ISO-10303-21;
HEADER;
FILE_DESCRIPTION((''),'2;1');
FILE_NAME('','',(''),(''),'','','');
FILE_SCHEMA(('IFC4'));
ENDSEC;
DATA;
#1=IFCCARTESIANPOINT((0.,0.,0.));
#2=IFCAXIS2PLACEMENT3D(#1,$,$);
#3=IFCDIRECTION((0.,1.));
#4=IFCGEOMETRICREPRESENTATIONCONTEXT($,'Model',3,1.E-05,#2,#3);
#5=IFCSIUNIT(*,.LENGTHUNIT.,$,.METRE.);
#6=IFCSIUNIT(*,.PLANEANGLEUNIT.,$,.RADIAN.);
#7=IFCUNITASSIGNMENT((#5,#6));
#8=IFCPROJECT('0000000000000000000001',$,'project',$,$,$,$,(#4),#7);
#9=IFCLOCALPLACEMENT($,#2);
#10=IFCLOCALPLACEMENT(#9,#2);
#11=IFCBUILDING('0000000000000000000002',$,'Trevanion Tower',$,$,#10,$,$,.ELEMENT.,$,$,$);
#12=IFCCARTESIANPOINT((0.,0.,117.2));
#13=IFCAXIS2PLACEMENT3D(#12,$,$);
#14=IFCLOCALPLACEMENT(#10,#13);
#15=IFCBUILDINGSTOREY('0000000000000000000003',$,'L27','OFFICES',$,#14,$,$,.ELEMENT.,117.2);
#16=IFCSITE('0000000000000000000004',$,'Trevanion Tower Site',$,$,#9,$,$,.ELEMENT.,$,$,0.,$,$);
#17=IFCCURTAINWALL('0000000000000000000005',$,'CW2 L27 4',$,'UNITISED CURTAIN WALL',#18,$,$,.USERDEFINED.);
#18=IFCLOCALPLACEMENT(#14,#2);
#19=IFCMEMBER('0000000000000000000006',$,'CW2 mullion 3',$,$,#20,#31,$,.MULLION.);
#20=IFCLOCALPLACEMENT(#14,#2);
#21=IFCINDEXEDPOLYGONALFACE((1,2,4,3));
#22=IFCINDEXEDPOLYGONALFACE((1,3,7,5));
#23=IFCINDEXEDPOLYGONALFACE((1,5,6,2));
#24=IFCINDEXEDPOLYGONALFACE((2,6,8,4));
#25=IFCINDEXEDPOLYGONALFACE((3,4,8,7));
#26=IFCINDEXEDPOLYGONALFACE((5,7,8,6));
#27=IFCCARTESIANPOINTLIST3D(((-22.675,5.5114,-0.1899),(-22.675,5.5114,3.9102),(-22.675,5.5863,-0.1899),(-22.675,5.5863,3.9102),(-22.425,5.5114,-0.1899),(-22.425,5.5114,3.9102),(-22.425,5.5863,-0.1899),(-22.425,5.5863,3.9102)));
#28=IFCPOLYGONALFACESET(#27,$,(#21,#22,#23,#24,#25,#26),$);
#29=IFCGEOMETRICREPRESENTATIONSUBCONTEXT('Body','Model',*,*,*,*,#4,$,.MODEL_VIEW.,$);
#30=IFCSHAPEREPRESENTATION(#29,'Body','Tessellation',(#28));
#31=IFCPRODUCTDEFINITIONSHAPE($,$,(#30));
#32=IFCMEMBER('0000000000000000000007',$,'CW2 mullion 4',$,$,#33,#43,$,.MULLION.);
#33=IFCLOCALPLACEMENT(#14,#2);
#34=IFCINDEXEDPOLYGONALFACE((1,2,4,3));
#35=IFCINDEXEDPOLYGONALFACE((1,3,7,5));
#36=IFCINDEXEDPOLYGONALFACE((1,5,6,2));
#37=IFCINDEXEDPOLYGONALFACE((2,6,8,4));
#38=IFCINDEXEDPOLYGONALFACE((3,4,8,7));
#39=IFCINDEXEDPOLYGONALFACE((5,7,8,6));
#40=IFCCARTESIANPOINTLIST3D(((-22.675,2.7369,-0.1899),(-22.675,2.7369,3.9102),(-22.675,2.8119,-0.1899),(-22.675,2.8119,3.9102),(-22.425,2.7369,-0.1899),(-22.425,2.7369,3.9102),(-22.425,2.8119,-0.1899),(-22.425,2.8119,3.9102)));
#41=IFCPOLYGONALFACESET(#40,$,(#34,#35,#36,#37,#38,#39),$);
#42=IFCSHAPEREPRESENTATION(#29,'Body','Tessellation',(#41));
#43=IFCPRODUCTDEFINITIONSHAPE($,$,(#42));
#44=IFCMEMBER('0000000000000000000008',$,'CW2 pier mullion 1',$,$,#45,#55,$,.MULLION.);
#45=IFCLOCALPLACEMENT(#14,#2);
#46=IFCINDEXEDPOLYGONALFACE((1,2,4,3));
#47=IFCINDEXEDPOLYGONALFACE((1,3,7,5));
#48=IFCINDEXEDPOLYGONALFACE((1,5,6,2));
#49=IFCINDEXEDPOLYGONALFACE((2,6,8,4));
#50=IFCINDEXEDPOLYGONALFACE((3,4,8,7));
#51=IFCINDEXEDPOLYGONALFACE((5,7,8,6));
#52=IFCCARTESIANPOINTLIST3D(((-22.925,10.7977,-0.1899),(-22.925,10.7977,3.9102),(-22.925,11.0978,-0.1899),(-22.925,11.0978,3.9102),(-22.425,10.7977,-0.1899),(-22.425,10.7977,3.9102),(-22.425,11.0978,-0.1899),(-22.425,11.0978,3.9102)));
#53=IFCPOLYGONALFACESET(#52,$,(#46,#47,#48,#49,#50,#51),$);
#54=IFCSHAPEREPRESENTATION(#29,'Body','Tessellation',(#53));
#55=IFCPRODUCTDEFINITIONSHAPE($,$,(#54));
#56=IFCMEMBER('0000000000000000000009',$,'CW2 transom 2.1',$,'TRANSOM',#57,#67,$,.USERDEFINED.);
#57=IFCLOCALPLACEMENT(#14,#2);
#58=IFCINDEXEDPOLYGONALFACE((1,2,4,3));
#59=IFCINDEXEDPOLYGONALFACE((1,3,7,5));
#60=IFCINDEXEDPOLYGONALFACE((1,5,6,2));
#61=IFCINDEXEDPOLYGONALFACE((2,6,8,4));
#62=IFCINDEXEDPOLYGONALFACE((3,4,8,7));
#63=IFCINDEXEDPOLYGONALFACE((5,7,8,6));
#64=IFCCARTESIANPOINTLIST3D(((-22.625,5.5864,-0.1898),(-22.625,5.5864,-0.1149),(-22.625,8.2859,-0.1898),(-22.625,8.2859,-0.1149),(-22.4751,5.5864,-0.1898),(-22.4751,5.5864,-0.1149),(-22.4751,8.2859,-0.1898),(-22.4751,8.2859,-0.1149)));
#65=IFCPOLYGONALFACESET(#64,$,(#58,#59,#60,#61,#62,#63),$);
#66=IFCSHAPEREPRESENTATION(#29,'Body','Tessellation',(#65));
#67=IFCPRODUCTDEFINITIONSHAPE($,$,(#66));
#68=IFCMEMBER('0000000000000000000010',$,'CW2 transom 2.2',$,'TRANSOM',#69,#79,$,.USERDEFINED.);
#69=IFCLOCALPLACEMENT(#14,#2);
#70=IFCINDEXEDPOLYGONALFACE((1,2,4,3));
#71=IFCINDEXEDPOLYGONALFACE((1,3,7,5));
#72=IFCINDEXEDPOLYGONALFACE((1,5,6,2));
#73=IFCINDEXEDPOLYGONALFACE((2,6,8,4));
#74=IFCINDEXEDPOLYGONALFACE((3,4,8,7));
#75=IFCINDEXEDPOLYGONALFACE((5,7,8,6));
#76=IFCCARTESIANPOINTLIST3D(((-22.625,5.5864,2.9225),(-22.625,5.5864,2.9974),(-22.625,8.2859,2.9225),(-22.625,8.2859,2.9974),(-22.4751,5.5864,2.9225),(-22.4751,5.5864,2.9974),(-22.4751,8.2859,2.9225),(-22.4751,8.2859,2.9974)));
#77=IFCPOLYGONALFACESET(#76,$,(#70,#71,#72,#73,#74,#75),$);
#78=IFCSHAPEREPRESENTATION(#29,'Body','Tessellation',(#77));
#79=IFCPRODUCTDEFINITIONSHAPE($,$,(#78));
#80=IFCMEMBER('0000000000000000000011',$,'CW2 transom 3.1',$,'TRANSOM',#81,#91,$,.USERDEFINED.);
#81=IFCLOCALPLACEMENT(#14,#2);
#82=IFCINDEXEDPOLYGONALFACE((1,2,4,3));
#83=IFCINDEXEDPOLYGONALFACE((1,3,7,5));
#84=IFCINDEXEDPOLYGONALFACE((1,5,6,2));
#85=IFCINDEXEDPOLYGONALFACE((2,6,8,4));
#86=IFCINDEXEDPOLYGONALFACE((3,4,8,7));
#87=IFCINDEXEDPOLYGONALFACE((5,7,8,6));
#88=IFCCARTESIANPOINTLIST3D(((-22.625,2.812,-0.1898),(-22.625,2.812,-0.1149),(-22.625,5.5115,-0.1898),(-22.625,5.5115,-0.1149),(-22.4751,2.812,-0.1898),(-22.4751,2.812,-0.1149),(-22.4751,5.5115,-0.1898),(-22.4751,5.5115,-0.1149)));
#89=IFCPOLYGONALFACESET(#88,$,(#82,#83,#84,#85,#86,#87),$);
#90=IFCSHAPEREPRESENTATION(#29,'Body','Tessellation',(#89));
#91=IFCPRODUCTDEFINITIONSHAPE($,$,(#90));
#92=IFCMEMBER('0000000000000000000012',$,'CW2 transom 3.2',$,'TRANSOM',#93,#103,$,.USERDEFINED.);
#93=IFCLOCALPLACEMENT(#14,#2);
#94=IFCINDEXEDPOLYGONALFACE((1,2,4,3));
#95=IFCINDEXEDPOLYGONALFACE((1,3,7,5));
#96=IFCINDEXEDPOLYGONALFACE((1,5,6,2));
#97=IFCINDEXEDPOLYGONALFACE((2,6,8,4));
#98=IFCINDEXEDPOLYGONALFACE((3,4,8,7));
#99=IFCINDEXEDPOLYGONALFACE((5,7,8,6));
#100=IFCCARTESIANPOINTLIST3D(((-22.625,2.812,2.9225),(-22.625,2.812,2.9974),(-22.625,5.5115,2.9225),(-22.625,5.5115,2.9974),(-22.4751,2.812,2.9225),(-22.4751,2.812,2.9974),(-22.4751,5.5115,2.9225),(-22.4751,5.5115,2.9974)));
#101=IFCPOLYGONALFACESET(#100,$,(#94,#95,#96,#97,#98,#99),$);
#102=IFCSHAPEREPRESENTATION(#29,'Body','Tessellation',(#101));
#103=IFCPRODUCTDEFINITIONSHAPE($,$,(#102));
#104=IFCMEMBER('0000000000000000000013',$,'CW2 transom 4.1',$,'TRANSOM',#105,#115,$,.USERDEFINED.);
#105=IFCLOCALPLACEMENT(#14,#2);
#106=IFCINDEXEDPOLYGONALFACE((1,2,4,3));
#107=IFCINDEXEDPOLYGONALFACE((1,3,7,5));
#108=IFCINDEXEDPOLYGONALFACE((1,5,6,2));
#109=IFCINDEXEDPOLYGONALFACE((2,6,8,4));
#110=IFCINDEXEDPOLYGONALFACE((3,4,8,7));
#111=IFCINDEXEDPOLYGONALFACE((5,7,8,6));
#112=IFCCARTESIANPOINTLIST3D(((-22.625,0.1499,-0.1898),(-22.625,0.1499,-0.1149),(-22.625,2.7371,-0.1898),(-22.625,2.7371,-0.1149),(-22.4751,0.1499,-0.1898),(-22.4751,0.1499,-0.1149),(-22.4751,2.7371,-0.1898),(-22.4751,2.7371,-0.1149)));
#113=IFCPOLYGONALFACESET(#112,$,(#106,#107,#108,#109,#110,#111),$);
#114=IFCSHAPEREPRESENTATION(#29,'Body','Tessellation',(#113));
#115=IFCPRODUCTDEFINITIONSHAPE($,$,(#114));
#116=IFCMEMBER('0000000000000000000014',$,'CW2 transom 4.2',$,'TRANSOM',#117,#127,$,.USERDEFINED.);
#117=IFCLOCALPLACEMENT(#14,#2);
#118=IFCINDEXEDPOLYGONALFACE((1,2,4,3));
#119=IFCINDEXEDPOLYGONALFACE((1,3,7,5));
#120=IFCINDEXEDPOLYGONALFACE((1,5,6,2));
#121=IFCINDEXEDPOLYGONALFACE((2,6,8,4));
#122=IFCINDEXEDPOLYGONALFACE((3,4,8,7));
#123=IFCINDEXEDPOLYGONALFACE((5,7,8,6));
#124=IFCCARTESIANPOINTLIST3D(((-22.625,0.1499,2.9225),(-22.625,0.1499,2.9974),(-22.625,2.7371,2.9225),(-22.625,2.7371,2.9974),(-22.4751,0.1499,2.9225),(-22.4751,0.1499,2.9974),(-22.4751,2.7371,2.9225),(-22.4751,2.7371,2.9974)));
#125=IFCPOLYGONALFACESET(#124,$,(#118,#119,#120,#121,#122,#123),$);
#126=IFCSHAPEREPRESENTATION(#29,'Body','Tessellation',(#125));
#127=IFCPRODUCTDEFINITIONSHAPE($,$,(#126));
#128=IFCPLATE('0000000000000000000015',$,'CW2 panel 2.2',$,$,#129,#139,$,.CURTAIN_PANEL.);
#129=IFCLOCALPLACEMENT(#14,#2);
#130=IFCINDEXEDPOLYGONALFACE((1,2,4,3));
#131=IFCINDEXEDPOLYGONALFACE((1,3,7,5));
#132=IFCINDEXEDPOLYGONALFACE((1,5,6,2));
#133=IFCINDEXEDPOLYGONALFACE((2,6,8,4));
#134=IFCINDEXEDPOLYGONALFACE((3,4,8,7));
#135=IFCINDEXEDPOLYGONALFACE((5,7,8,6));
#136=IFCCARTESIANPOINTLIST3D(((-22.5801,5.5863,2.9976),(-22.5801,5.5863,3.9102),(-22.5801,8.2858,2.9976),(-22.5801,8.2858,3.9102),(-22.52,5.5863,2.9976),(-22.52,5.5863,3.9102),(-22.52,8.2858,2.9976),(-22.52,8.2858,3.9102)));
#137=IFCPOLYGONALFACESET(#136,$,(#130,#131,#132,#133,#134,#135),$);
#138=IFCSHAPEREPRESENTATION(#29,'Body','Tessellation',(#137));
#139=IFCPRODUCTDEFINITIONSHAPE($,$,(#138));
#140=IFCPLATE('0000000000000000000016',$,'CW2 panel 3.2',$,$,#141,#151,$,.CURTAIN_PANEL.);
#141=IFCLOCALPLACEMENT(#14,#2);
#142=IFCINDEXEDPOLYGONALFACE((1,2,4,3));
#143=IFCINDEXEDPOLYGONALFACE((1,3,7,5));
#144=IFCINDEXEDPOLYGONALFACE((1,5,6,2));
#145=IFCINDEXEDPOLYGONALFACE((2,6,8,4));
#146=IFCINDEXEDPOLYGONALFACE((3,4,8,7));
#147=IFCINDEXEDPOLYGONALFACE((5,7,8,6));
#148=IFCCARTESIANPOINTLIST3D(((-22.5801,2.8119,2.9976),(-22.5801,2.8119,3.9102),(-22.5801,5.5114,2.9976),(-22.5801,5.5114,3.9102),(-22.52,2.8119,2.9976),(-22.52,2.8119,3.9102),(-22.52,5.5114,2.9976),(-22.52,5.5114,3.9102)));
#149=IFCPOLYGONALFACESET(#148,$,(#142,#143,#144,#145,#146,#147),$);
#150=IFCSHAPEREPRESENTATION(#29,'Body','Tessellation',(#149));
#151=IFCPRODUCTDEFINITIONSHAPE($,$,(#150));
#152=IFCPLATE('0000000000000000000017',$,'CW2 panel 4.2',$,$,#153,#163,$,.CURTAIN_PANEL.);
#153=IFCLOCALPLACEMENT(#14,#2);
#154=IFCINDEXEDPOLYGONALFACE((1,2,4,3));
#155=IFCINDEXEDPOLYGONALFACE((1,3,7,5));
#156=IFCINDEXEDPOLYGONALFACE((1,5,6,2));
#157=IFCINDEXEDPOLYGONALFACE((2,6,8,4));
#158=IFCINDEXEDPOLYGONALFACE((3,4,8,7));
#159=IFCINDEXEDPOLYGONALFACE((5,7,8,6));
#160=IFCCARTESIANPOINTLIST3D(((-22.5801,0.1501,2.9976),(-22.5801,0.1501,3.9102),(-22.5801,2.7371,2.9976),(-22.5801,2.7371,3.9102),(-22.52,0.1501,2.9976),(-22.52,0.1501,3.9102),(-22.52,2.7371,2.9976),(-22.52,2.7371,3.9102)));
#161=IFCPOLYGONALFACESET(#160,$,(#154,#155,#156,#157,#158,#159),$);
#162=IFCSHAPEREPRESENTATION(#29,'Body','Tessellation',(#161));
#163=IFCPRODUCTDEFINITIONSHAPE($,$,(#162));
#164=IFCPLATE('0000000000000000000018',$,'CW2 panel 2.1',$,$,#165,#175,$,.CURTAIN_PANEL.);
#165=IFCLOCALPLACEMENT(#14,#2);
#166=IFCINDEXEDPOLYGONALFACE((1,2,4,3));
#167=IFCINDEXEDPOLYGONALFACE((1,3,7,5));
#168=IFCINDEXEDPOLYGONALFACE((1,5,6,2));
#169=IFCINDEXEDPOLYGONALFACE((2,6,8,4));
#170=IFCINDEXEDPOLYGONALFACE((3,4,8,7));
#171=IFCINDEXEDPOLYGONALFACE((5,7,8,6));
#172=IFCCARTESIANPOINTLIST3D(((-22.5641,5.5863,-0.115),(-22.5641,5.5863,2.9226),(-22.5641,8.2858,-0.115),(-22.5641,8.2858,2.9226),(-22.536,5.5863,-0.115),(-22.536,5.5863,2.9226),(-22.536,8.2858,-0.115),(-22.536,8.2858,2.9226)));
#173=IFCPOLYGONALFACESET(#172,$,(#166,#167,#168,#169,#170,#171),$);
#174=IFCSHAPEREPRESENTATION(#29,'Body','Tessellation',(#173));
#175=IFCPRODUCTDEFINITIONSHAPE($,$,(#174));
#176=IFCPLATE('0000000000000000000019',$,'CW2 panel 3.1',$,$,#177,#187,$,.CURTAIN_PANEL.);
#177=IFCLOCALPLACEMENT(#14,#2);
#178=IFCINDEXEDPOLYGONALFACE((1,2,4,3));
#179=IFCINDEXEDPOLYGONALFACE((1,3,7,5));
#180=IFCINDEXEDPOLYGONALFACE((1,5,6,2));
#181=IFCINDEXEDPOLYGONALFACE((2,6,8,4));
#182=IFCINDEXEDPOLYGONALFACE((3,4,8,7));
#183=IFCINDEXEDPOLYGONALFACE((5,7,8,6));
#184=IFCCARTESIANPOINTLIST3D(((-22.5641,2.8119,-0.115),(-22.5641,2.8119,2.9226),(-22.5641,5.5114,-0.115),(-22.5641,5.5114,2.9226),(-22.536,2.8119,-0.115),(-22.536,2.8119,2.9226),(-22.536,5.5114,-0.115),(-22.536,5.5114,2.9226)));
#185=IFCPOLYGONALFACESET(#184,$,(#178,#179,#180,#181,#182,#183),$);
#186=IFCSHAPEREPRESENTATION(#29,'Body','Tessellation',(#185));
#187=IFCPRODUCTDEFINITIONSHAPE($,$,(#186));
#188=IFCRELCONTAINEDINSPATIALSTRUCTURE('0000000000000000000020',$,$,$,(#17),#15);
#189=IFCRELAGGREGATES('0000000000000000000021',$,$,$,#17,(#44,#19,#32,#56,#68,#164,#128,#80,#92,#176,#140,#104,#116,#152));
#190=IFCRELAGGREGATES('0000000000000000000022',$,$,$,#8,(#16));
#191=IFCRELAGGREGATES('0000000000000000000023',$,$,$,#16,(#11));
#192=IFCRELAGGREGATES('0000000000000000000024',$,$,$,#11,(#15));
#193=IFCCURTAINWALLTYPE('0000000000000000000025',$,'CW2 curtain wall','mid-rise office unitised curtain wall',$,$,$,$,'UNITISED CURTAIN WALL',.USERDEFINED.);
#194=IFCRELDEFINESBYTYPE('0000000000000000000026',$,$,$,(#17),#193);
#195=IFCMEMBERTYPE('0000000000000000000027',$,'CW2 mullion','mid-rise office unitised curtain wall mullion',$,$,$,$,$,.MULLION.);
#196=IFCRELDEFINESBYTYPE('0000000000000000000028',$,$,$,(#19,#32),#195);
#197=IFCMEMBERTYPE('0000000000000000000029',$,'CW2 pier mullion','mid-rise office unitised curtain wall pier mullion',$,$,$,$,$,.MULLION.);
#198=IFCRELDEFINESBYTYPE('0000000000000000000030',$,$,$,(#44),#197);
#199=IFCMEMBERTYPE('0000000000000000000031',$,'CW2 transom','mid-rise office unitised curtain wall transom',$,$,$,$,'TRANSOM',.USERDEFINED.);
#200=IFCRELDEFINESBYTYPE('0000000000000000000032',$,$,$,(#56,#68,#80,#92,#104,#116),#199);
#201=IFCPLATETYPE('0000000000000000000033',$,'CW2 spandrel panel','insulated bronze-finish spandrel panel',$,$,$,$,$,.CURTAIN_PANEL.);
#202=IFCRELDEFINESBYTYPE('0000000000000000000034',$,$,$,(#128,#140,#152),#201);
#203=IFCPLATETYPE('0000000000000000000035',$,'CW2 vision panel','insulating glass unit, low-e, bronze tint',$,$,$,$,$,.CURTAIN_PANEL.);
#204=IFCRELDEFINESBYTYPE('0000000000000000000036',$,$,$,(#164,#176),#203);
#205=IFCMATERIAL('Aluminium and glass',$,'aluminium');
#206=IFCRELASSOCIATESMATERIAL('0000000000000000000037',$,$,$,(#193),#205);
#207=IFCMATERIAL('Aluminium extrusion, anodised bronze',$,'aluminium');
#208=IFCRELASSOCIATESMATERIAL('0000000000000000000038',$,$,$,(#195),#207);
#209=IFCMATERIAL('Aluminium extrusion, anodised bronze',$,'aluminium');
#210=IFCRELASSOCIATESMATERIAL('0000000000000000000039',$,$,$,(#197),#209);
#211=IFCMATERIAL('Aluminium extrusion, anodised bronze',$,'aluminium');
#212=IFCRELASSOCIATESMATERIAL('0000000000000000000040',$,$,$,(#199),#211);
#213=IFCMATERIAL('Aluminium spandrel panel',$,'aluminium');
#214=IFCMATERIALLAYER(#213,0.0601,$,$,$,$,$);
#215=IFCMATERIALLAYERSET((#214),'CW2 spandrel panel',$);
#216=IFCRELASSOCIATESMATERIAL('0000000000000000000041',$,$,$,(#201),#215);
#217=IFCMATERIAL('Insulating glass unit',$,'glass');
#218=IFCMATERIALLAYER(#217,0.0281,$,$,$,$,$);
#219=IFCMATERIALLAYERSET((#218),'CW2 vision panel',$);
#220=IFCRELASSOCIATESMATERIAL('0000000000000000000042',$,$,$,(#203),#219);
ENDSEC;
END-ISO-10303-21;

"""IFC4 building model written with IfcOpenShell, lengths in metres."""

from ifc_helpers import new_model, si_unit, direction, frame, origin, origin_2d, place, context, subcontext, project, spatial, rectangle, extrude, material, layer, layer_set, material_profile, profile_set, type_object, element, aggregate, save


model = new_model("IFC4")

# Units and contexts
model_context = context("Model", 3, precision=1e-05, world=origin(), true_north=direction((0.0, 1.0)))
body_context = subcontext(model_context, "Body", "Model", "MODEL_VIEW")
ifc_project = project(units=[si_unit("LENGTHUNIT", "METRE"), si_unit("PLANEANGLEUNIT", "RADIAN")], contexts=[model_context])

# Site, building, storey
site_placement = place(None, origin())
site = spatial("IfcSite", under=ifc_project, at=site_placement, Name="Trevanion Tower Site", CompositionType="ELEMENT", RefElevation=0.0)
building_placement = place(site_placement, origin())
building = spatial("IfcBuilding", under=site, at=building_placement, Name="Trevanion Tower", CompositionType="ELEMENT")
storey_placement = place(building_placement, frame((0.0, 0.0, 117.2)))
storey = spatial("IfcBuildingStorey", under=building, at=storey_placement, Name="L27", Description="OFFICES", CompositionType="ELEMENT", Elevation=117.2)

# Curtain wall, members, plates
ifc_material_1 = material(Name="Aluminium and glass", Category="aluminium")
curtain_wall_type = type_object("IfcCurtainWallType", Name="CW2 curtain wall", Description="mid-rise office unitised curtain wall", ElementType="UNITISED CURTAIN WALL", PredefinedType="USERDEFINED", material=ifc_material_1)
curtain_wall_placement = place(storey_placement, origin())
curtain_wall = element("IfcCurtainWall", 1, at=curtain_wall_placement, inside=storey, type_object=curtain_wall_type, Name="CW2 L27 4", ObjectType="UNITISED CURTAIN WALL", PredefinedType="USERDEFINED")
ifc_material_2 = material(Name="Aluminium extrusion, anodised bronze", Category="aluminium")
ifc_material_profile_1 = material_profile(ifc_material_2, rectangle(XDim=0.075, YDim=0.25, at=origin_2d()), Name="CW2 mullion")
ifc_profile_set_1 = profile_set([ifc_material_profile_1], Name="Aluminium extrusion, anodised bronze")
member_type_1 = type_object("IfcMemberType", Name="CW2 mullion", Description="mid-rise office unitised curtain wall mullion", PredefinedType="MULLION", material=ifc_profile_set_1)
member_1_placement = place(storey_placement, frame((-22.55, 5.5488, -0.1899), z_axis=(0.0, 0.0, 1.0), x_axis=(0.0, -1.0, 0.0)))
member_1 = element("IfcMember", 2, at=member_1_placement, type_object=member_type_1, Name="CW2 mullion 3", PredefinedType="MULLION", context=body_context, shape_type="SweptSolid", body=[
    extrude(rectangle(XDim=0.075, YDim=0.25, at=origin_2d()), origin(), (0.0, 0.0, 1.0), 4.1001),
])
member_2_placement = place(storey_placement, frame((-22.55, 2.7744, -0.1899), z_axis=(0.0, 0.0, 1.0), x_axis=(0.0, -1.0, 0.0)))
member_2 = element("IfcMember", 3, at=member_2_placement, type_object=member_type_1, Name="CW2 mullion 4", PredefinedType="MULLION", context=body_context, shape_type="SweptSolid", body=[
    extrude(rectangle(XDim=0.075, YDim=0.25, at=origin_2d()), origin(), (0.0, 0.0, 1.0), 4.1001),
])
ifc_material_3 = material(Name="Aluminium extrusion, anodised bronze", Category="aluminium")
ifc_material_profile_2 = material_profile(ifc_material_3, rectangle(XDim=0.3, YDim=0.5, at=origin_2d()), Name="CW2 pier mullion")
ifc_profile_set_2 = profile_set([ifc_material_profile_2], Name="Aluminium extrusion, anodised bronze")
member_type_2 = type_object("IfcMemberType", Name="CW2 pier mullion", Description="mid-rise office unitised curtain wall pier mullion", PredefinedType="MULLION", material=ifc_profile_set_2)
member_3_placement = place(storey_placement, frame((-22.675, 10.9478, -0.1899), z_axis=(0.0, 0.0, 1.0), x_axis=(0.0, -1.0, 0.0)))
member_3 = element("IfcMember", 4, at=member_3_placement, type_object=member_type_2, Name="CW2 pier mullion 1", PredefinedType="MULLION", context=body_context, shape_type="SweptSolid", body=[
    extrude(rectangle(XDim=0.3, YDim=0.5, at=origin_2d()), origin(), (0.0, 0.0, 1.0), 4.1001),
])
ifc_material_4 = material(Name="Aluminium extrusion, anodised bronze", Category="aluminium")
ifc_material_profile_3 = material_profile(ifc_material_4, rectangle(XDim=0.1499, YDim=0.075, at=origin_2d()), Name="CW2 transom")
ifc_profile_set_3 = profile_set([ifc_material_profile_3], Name="Aluminium extrusion, anodised bronze")
member_type_3 = type_object("IfcMemberType", Name="CW2 transom", Description="mid-rise office unitised curtain wall transom", ElementType="TRANSOM", PredefinedType="USERDEFINED", material=ifc_profile_set_3)
member_4_placement = place(storey_placement, frame((-22.55, 8.2859, -0.1523), z_axis=(0.0, -1.0, 0.0), x_axis=(1.0, 0.0, 0.0)))
member_4 = element("IfcMember", 5, at=member_4_placement, type_object=member_type_3, Name="CW2 transom 2.1", ObjectType="TRANSOM", PredefinedType="USERDEFINED", context=body_context, shape_type="SweptSolid", body=[
    extrude(rectangle(XDim=0.1499, YDim=0.075, at=origin_2d()), origin(), (0.0, 0.0, 1.0), 2.6995),
])
member_5_placement = place(storey_placement, frame((-22.55, 8.2859, 2.96), z_axis=(0.0, -1.0, 0.0), x_axis=(1.0, 0.0, 0.0)))
member_5 = element("IfcMember", 6, at=member_5_placement, type_object=member_type_3, Name="CW2 transom 2.2", ObjectType="TRANSOM", PredefinedType="USERDEFINED", context=body_context, shape_type="SweptSolid", body=[
    extrude(rectangle(XDim=0.1499, YDim=0.075, at=origin_2d()), origin(), (0.0, 0.0, 1.0), 2.6995),
])
member_6_placement = place(storey_placement, frame((-22.55, 5.5115, -0.1523), z_axis=(0.0, -1.0, 0.0), x_axis=(1.0, 0.0, 0.0)))
member_6 = element("IfcMember", 7, at=member_6_placement, type_object=member_type_3, Name="CW2 transom 3.1", ObjectType="TRANSOM", PredefinedType="USERDEFINED", context=body_context, shape_type="SweptSolid", body=[
    extrude(rectangle(XDim=0.1499, YDim=0.075, at=origin_2d()), origin(), (0.0, 0.0, 1.0), 2.6995),
])
member_7_placement = place(storey_placement, frame((-22.55, 5.5115, 2.96), z_axis=(0.0, -1.0, 0.0), x_axis=(1.0, 0.0, 0.0)))
member_7 = element("IfcMember", 8, at=member_7_placement, type_object=member_type_3, Name="CW2 transom 3.2", ObjectType="TRANSOM", PredefinedType="USERDEFINED", context=body_context, shape_type="SweptSolid", body=[
    extrude(rectangle(XDim=0.1499, YDim=0.075, at=origin_2d()), origin(), (0.0, 0.0, 1.0), 2.6995),
])
member_8_placement = place(storey_placement, frame((-22.55, 2.7371, -0.1523), z_axis=(0.0, -1.0, 0.0), x_axis=(1.0, 0.0, 0.0)))
member_8 = element("IfcMember", 9, at=member_8_placement, type_object=member_type_3, Name="CW2 transom 4.1", ObjectType="TRANSOM", PredefinedType="USERDEFINED", context=body_context, shape_type="SweptSolid", body=[
    extrude(rectangle(XDim=0.1499, YDim=0.075, at=origin_2d()), origin(), (0.0, 0.0, 1.0), 2.5872),
])
member_9_placement = place(storey_placement, frame((-22.55, 2.7371, 2.96), z_axis=(0.0, -1.0, 0.0), x_axis=(1.0, 0.0, 0.0)))
member_9 = element("IfcMember", 10, at=member_9_placement, type_object=member_type_3, Name="CW2 transom 4.2", ObjectType="TRANSOM", PredefinedType="USERDEFINED", context=body_context, shape_type="SweptSolid", body=[
    extrude(rectangle(XDim=0.1499, YDim=0.075, at=origin_2d()), origin(), (0.0, 0.0, 1.0), 2.5872),
])
ifc_material_5 = material(Name="Aluminium spandrel panel", Category="aluminium")
ifc_layer_1 = layer(ifc_material_5, 0.0601)
ifc_layer_set_1 = layer_set([ifc_layer_1], Name="CW2 spandrel panel")
plate_type_1 = type_object("IfcPlateType", Name="CW2 spandrel panel", Description="insulated bronze-finish spandrel panel", PredefinedType="CURTAIN_PANEL", material=ifc_layer_set_1)
plate_1_placement = place(storey_placement, frame((-22.55, 6.936, 2.9976), z_axis=(0.0, 0.0, 1.0), x_axis=(0.0, -1.0, 0.0)))
plate_1 = element("IfcPlate", 11, at=plate_1_placement, type_object=plate_type_1, Name="CW2 panel 2.2", PredefinedType="CURTAIN_PANEL", context=body_context, shape_type="SweptSolid", body=[
    extrude(rectangle(XDim=2.6995, YDim=0.0601, at=origin_2d()), origin(), (0.0, 0.0, 1.0), 0.9126),
])
plate_2_placement = place(storey_placement, frame((-22.55, 4.1616, 2.9976), z_axis=(0.0, 0.0, 1.0), x_axis=(0.0, -1.0, 0.0)))
plate_2 = element("IfcPlate", 12, at=plate_2_placement, type_object=plate_type_1, Name="CW2 panel 3.2", PredefinedType="CURTAIN_PANEL", context=body_context, shape_type="SweptSolid", body=[
    extrude(rectangle(XDim=2.6995, YDim=0.0601, at=origin_2d()), origin(), (0.0, 0.0, 1.0), 0.9126),
])
plate_3_placement = place(storey_placement, frame((-22.55, 1.4436, 2.9976), z_axis=(0.0, 0.0, 1.0), x_axis=(0.0, -1.0, 0.0)))
plate_3 = element("IfcPlate", 13, at=plate_3_placement, type_object=plate_type_1, Name="CW2 panel 4.2", PredefinedType="CURTAIN_PANEL", context=body_context, shape_type="SweptSolid", body=[
    extrude(rectangle(XDim=2.5869, YDim=0.0601, at=origin_2d()), origin(), (0.0, 0.0, 1.0), 0.9126),
])
ifc_material_6 = material(Name="Insulating glass unit", Category="glass")
ifc_layer_2 = layer(ifc_material_6, 0.0281)
ifc_layer_set_2 = layer_set([ifc_layer_2], Name="CW2 vision panel")
plate_type_2 = type_object("IfcPlateType", Name="CW2 vision panel", Description="insulating glass unit, low-e, bronze tint", PredefinedType="CURTAIN_PANEL", material=ifc_layer_set_2)
plate_4_placement = place(storey_placement, frame((-22.55, 6.936, -0.115), z_axis=(0.0, 0.0, 1.0), x_axis=(0.0, -1.0, 0.0)))
plate_4 = element("IfcPlate", 14, at=plate_4_placement, type_object=plate_type_2, Name="CW2 panel 2.1", PredefinedType="CURTAIN_PANEL", context=body_context, shape_type="SweptSolid", body=[
    extrude(rectangle(XDim=2.6995, YDim=0.0281, at=origin_2d()), origin(), (0.0, 0.0, 1.0), 3.0376),
])
plate_5_placement = place(storey_placement, frame((-22.55, 4.1616, -0.115), z_axis=(0.0, 0.0, 1.0), x_axis=(0.0, -1.0, 0.0)))
plate_5 = element("IfcPlate", 15, at=plate_5_placement, type_object=plate_type_2, Name="CW2 panel 3.1", PredefinedType="CURTAIN_PANEL", context=body_context, shape_type="SweptSolid", body=[
    extrude(rectangle(XDim=2.6995, YDim=0.0281, at=origin_2d()), origin(), (0.0, 0.0, 1.0), 3.0376),
])
aggregate(curtain_wall, [member_3, member_1, member_2, member_4, member_5, plate_4, plate_1, member_6, member_7, plate_5, plate_2, member_8, member_9, plate_3])

save(model, "model.ifc")
